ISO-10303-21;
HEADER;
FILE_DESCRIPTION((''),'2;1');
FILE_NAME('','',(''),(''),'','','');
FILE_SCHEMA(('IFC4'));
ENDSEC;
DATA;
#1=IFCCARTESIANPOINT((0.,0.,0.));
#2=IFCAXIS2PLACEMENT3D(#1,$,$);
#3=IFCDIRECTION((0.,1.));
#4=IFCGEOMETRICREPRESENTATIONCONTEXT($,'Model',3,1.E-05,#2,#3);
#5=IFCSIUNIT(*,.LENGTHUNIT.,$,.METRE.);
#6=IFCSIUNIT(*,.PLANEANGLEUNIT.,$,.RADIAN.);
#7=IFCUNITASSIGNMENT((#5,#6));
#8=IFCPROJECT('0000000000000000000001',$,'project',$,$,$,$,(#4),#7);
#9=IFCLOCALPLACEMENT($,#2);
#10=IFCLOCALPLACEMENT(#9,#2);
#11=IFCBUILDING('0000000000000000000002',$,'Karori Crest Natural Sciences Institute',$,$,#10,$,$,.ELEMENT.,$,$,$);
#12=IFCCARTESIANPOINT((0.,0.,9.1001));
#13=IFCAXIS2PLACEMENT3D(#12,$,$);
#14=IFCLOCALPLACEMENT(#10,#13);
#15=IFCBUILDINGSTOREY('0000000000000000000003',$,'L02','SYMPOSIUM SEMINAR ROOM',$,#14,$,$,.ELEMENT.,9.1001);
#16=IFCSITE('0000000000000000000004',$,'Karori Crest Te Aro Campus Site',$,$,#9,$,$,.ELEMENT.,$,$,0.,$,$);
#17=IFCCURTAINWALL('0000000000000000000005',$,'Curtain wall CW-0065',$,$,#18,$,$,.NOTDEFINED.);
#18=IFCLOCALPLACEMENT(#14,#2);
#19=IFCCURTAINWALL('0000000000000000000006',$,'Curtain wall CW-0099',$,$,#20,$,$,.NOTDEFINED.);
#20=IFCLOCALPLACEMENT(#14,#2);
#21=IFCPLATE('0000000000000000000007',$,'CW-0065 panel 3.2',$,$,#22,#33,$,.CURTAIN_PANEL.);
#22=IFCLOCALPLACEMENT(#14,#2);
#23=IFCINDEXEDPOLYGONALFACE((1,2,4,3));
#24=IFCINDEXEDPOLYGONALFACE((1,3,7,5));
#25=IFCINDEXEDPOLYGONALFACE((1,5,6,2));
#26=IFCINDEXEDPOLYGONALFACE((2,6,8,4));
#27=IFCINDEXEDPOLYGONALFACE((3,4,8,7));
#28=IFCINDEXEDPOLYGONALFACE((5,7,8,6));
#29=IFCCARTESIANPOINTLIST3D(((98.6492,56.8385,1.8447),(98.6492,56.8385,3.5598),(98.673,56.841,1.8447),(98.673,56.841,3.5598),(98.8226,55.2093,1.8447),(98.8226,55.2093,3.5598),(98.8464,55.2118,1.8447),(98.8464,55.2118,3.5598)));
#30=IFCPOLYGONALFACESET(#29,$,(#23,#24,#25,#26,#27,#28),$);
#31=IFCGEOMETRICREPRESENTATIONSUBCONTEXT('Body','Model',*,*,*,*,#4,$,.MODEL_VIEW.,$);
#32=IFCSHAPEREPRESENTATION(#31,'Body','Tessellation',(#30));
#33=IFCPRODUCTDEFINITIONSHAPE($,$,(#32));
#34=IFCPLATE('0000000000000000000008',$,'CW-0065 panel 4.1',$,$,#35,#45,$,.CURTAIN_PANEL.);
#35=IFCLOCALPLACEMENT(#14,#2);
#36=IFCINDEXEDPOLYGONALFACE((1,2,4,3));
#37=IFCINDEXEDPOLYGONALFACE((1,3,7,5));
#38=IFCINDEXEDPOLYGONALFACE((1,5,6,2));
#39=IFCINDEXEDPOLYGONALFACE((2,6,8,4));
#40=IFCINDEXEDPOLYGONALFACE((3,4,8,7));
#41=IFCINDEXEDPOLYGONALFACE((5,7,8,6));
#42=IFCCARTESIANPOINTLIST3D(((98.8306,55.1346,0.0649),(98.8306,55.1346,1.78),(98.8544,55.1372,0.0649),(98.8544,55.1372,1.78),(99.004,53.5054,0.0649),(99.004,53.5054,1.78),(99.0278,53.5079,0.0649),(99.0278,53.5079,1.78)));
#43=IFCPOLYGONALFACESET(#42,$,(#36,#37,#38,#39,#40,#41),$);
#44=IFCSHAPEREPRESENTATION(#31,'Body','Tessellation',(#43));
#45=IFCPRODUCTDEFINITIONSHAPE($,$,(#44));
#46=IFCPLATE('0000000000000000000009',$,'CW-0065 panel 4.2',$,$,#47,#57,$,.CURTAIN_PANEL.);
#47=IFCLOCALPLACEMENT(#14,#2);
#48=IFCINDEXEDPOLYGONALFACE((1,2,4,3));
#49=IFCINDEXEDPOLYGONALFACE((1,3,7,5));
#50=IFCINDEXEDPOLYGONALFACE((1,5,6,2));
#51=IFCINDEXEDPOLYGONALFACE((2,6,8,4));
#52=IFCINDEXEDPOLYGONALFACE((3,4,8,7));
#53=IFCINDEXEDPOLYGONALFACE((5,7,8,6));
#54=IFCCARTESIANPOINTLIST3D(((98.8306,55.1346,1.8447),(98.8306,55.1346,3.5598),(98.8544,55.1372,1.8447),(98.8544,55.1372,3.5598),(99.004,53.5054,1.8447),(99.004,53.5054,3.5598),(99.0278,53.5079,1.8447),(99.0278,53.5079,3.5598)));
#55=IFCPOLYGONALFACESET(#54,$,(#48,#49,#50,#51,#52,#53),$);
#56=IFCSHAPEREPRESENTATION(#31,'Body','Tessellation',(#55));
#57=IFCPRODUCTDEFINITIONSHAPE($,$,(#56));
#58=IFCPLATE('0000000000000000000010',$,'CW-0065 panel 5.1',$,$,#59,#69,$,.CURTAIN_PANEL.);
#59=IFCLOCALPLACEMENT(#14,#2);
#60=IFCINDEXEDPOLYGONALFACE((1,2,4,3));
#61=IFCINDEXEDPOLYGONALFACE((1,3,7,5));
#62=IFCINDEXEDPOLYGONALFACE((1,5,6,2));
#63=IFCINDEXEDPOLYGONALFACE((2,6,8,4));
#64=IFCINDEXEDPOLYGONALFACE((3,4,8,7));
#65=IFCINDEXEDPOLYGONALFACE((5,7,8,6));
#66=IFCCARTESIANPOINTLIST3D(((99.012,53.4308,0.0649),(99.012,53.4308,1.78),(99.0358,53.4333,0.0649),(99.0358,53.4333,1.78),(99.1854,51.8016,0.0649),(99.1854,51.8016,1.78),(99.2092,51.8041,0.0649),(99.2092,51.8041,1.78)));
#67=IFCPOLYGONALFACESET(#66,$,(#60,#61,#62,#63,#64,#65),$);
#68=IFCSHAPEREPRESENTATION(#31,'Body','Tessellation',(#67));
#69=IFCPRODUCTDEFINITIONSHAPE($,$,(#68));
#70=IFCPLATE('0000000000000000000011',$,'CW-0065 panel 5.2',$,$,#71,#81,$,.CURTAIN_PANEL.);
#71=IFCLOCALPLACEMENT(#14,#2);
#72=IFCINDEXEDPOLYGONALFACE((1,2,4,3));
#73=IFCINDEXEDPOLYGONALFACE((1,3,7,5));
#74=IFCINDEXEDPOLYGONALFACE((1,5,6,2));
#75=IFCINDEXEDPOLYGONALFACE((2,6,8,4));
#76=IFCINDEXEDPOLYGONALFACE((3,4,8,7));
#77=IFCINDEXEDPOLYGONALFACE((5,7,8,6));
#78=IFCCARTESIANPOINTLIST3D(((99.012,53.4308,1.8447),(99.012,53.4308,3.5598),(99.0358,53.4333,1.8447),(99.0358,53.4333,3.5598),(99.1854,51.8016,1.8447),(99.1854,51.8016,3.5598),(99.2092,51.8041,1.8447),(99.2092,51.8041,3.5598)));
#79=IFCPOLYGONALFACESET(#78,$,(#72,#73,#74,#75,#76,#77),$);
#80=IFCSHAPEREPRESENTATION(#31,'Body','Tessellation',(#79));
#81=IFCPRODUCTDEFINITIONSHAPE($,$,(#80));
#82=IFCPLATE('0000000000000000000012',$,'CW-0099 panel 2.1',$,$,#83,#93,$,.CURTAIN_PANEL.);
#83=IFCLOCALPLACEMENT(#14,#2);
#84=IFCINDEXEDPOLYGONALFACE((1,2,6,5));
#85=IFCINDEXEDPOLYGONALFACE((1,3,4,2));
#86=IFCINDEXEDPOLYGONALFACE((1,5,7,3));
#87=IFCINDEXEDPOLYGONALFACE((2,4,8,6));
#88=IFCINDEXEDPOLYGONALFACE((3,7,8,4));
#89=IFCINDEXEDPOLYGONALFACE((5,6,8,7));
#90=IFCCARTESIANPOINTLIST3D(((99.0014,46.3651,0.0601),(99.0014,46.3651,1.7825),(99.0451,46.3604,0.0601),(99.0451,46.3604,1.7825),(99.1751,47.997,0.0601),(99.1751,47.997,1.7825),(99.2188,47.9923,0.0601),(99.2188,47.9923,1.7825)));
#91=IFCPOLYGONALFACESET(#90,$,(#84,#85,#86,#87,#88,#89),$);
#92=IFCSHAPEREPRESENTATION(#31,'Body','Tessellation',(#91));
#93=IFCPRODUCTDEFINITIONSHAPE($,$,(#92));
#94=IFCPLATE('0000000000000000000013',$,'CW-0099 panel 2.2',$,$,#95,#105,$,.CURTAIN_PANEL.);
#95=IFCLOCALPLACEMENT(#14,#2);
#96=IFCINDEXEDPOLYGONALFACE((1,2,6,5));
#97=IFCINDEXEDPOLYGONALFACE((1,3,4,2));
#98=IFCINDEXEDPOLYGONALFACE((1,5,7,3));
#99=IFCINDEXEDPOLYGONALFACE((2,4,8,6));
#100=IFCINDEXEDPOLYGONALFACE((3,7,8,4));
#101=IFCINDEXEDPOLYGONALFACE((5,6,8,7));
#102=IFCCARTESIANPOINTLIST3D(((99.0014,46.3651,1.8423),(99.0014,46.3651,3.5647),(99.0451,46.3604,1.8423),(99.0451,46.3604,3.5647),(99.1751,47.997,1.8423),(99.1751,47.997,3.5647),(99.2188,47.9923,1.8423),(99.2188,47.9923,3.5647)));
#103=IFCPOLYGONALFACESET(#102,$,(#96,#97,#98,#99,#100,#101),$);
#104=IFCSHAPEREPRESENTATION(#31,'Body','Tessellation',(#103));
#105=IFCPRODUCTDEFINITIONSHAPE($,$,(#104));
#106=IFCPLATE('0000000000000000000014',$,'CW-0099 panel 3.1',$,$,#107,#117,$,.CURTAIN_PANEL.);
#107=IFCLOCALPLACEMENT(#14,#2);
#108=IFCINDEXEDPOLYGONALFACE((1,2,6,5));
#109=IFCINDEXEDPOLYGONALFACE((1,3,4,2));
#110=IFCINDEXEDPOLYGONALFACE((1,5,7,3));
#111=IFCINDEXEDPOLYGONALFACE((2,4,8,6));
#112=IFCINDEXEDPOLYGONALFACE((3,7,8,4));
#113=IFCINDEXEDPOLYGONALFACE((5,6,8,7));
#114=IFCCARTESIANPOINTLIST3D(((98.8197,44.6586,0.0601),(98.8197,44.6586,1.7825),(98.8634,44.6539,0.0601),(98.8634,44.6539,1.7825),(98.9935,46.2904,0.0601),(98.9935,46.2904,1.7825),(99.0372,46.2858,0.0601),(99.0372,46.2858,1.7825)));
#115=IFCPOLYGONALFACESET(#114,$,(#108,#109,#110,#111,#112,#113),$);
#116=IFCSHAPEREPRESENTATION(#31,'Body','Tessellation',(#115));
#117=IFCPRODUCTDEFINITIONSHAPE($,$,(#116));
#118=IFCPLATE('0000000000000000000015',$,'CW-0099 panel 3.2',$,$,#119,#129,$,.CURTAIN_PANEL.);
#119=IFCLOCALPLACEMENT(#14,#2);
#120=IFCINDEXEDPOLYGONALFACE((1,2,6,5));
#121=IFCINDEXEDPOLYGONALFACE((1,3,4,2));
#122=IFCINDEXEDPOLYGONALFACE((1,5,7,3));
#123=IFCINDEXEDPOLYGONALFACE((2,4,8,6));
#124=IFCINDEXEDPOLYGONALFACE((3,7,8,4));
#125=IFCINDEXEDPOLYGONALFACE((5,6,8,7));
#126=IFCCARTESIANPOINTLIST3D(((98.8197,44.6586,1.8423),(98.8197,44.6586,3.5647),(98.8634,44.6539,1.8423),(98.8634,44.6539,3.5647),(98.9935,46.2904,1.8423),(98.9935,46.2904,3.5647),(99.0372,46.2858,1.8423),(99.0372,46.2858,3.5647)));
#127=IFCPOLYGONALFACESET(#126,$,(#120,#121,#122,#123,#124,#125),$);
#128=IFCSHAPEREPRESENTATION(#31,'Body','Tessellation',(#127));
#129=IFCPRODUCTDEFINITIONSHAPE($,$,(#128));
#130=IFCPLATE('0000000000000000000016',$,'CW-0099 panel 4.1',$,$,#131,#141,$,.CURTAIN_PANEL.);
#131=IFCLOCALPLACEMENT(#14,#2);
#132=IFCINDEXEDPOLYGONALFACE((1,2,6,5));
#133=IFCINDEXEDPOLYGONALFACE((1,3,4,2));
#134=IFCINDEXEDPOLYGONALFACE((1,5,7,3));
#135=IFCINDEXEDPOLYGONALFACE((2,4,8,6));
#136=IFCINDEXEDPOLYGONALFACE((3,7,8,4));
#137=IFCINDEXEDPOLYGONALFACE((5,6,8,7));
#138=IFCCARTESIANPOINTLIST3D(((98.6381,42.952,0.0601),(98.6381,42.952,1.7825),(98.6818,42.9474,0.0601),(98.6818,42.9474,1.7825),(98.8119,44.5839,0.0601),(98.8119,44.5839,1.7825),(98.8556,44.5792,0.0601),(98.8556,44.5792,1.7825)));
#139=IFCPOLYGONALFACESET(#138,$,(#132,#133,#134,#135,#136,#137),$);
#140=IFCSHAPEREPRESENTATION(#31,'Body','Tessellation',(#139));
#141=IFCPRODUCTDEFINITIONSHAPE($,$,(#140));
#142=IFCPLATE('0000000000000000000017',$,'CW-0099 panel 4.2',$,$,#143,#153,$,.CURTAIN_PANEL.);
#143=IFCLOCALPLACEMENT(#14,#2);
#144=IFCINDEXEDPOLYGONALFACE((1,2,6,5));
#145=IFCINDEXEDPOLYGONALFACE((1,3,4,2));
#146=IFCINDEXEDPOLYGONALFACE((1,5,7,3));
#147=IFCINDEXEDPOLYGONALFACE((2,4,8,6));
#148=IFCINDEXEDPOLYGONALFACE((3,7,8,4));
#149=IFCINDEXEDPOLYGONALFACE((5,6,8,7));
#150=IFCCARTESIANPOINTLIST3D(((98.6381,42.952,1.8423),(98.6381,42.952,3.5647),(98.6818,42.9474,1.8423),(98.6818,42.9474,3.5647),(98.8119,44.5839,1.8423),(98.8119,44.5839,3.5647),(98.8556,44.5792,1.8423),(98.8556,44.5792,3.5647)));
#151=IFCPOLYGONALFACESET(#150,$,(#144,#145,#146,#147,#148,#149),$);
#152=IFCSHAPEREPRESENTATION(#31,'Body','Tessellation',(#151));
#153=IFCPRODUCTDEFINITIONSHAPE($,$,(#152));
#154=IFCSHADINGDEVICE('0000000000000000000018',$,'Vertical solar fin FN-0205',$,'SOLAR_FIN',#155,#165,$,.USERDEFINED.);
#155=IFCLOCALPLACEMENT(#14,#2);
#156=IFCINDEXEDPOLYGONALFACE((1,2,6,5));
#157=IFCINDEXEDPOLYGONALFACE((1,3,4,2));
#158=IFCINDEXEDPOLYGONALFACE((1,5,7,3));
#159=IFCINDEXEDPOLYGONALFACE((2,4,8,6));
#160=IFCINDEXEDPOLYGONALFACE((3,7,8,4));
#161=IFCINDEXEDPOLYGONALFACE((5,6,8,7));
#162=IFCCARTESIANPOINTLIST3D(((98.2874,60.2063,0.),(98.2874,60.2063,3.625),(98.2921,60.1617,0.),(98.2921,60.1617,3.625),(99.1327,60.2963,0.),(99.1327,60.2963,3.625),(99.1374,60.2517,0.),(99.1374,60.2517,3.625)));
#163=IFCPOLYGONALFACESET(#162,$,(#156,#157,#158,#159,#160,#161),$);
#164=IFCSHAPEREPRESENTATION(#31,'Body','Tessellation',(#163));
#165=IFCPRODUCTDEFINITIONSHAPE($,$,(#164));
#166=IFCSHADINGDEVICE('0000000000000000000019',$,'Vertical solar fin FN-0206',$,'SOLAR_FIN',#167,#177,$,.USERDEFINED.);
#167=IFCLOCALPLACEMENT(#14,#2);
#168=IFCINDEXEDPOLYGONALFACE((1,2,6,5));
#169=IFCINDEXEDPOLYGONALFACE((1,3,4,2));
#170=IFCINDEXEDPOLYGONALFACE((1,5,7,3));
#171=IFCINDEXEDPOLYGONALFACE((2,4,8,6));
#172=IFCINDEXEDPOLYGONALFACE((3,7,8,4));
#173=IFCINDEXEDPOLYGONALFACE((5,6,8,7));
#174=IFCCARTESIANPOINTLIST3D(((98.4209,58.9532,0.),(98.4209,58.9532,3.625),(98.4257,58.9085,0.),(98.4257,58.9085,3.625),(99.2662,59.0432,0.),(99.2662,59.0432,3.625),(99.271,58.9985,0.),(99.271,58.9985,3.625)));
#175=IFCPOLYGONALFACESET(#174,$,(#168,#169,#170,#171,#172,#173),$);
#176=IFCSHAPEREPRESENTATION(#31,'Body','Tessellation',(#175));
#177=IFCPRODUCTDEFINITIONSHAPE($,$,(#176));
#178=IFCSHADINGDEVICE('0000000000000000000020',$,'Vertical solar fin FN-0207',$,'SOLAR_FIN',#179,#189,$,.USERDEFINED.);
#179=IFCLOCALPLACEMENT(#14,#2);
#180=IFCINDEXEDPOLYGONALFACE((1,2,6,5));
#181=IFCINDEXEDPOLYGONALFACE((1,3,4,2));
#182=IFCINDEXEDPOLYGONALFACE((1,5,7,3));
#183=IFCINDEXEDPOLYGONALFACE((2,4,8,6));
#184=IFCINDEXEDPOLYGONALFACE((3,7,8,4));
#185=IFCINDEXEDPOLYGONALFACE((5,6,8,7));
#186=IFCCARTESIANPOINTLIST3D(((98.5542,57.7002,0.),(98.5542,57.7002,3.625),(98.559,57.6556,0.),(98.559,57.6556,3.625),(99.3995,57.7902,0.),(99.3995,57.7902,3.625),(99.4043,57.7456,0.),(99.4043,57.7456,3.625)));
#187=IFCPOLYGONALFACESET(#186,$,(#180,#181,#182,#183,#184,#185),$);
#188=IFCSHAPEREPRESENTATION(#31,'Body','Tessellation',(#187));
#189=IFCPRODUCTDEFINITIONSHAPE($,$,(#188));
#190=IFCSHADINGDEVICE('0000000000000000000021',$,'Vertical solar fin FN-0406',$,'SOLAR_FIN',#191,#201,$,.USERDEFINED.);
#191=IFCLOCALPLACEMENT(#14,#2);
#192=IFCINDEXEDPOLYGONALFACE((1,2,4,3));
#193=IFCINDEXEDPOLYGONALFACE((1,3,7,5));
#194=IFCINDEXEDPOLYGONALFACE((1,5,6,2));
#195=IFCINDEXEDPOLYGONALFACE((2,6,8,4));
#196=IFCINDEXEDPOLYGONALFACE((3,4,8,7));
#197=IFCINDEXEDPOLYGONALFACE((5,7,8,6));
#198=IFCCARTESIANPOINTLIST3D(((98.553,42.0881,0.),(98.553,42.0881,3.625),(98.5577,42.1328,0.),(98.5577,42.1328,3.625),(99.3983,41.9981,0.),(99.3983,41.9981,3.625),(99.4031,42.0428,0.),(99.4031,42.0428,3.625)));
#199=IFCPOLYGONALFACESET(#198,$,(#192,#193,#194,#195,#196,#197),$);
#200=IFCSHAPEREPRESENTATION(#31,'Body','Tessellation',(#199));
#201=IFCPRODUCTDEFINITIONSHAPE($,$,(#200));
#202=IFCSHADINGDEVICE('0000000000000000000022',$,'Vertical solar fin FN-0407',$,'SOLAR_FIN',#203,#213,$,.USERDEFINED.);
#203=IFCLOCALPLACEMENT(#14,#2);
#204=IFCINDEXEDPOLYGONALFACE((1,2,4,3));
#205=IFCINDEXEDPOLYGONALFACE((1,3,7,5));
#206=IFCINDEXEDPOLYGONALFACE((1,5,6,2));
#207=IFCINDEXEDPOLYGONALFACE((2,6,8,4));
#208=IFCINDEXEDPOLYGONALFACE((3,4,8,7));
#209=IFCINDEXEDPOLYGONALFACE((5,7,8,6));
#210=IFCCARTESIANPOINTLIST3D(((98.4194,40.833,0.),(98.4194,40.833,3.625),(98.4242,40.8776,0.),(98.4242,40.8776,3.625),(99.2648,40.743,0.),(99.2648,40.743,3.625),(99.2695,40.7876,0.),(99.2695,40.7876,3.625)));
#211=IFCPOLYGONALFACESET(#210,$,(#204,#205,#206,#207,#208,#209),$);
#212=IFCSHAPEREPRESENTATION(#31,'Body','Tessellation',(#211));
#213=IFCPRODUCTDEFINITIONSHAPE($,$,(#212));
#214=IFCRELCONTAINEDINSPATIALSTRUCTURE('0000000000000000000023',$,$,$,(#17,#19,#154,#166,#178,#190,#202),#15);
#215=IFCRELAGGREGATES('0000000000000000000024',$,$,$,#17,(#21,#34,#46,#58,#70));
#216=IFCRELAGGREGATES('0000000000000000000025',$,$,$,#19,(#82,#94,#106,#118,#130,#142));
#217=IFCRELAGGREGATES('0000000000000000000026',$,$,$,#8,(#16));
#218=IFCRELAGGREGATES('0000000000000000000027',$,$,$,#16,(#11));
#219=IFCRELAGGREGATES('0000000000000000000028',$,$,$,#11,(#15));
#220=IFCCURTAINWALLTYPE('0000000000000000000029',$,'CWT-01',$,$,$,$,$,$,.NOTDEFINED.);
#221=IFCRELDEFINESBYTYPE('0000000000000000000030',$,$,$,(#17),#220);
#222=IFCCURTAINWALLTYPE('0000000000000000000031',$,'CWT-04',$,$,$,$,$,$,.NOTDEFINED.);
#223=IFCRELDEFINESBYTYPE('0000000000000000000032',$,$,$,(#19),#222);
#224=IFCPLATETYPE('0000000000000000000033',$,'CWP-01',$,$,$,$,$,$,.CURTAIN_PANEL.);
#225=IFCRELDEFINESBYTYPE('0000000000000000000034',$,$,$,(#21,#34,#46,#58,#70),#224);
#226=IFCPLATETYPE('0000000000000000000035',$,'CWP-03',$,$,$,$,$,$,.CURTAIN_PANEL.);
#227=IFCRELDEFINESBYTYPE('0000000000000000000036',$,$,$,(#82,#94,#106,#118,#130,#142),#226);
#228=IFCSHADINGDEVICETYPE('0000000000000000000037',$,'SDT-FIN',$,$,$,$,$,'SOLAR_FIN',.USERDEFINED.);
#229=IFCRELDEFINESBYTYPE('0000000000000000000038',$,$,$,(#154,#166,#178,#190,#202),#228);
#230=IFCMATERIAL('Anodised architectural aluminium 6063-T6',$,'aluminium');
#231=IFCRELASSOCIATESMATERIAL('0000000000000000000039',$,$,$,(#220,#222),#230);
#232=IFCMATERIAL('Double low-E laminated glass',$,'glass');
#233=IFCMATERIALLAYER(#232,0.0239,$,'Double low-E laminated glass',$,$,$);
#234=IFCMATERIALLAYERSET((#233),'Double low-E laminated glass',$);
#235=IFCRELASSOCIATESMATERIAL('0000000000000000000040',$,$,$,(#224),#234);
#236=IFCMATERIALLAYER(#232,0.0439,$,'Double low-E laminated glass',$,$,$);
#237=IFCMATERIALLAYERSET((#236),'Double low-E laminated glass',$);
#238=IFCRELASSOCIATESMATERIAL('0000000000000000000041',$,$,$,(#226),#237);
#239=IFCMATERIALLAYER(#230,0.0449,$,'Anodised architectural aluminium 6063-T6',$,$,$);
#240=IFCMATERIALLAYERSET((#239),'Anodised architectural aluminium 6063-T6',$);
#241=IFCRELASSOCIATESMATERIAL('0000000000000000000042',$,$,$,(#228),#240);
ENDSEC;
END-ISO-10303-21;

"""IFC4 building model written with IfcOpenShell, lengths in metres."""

from ifc_helpers import new_model, si_unit, direction, frame, origin, origin_2d, place, context, subcontext, project, spatial, rectangle, extrude, material, layer, layer_set, type_object, element, aggregate, save


model = new_model("IFC4")

# Units and contexts
model_context = context("Model", 3, precision=1e-05, world=origin(), true_north=direction((0.0, 1.0)))
body_context = subcontext(model_context, "Body", "Model", "MODEL_VIEW")
ifc_project = project(units=[si_unit("LENGTHUNIT", "METRE"), si_unit("PLANEANGLEUNIT", "RADIAN")], contexts=[model_context])

# Site, building, storey
site_placement = place(None, origin())
site = spatial("IfcSite", under=ifc_project, at=site_placement, Name="Karori Crest Te Aro Campus Site", CompositionType="ELEMENT", RefElevation=0.0)
building_placement = place(site_placement, origin())
building = spatial("IfcBuilding", under=site, at=building_placement, Name="Karori Crest Natural Sciences Institute", CompositionType="ELEMENT")
storey_placement = place(building_placement, frame((0.0, 0.0, 9.1001)))
storey = spatial("IfcBuildingStorey", under=building, at=storey_placement, Name="L02", Description="SYMPOSIUM SEMINAR ROOM", CompositionType="ELEMENT", Elevation=9.1001)

# Curtain walls
ifc_material_1 = material(Name="Anodised architectural aluminium 6063-T6", Category="aluminium")
curtain_wall_type_1 = type_object("IfcCurtainWallType", Name="CWT-01", PredefinedType="NOTDEFINED", material=ifc_material_1)
curtain_wall_1_placement = place(storey_placement, origin())
curtain_wall_1 = element("IfcCurtainWall", 1, at=curtain_wall_1_placement, inside=storey, type_object=curtain_wall_type_1, Name="Curtain wall CW-0065", PredefinedType="NOTDEFINED")
curtain_wall_type_2 = type_object("IfcCurtainWallType", Name="CWT-04", PredefinedType="NOTDEFINED", material=ifc_material_1)
curtain_wall_2_placement = place(storey_placement, origin())
curtain_wall_2 = element("IfcCurtainWall", 2, at=curtain_wall_2_placement, inside=storey, type_object=curtain_wall_type_2, Name="Curtain wall CW-0099", PredefinedType="NOTDEFINED")

# Plates
ifc_material_2 = material(Name="Double low-E laminated glass", Category="glass")
ifc_layer_1 = layer(ifc_material_2, 0.0239, Name="Double low-E laminated glass")
ifc_layer_set_1 = layer_set([ifc_layer_1], Name="Double low-E laminated glass")
plate_type_1 = type_object("IfcPlateType", Name="CWP-01", PredefinedType="CURTAIN_PANEL", material=ifc_layer_set_1)
plate_1_placement = place(storey_placement, frame((98.7478, 56.0251, 1.8447), z_axis=(0.0, 0.0, 1.0), x_axis=(0.105882, -0.994379, 0.0)))
plate_1 = element("IfcPlate", 3, at=plate_1_placement, type_object=plate_type_1, Name="CW-0065 panel 3.2", PredefinedType="CURTAIN_PANEL", context=body_context, shape_type="SweptSolid", body=[
    extrude(rectangle(XDim=1.6384, YDim=0.0239, at=origin_2d()), origin(), (0.0, 0.0, 1.0), 1.7151),
])
plate_2_placement = place(storey_placement, frame((98.9292, 54.3213, 0.0649), z_axis=(0.0, 0.0, 1.0), x_axis=(0.105882, -0.994379, 0.0)))
plate_2 = element("IfcPlate", 4, at=plate_2_placement, type_object=plate_type_1, Name="CW-0065 panel 4.1", PredefinedType="CURTAIN_PANEL", context=body_context, shape_type="SweptSolid", body=[
    extrude(rectangle(XDim=1.6384, YDim=0.0239, at=origin_2d()), origin(), (0.0, 0.0, 1.0), 1.7151),
])
plate_3_placement = place(storey_placement, frame((98.9292, 54.3213, 1.8447), z_axis=(0.0, 0.0, 1.0), x_axis=(0.105882, -0.994379, 0.0)))
plate_3 = element("IfcPlate", 5, at=plate_3_placement, type_object=plate_type_1, Name="CW-0065 panel 4.2", PredefinedType="CURTAIN_PANEL", context=body_context, shape_type="SweptSolid", body=[
    extrude(rectangle(XDim=1.6384, YDim=0.0239, at=origin_2d()), origin(), (0.0, 0.0, 1.0), 1.7151),
])
plate_4_placement = place(storey_placement, frame((99.1106, 52.6174, 0.0649), z_axis=(0.0, 0.0, 1.0), x_axis=(0.105882, -0.994379, 0.0)))
plate_4 = element("IfcPlate", 6, at=plate_4_placement, type_object=plate_type_1, Name="CW-0065 panel 5.1", PredefinedType="CURTAIN_PANEL", context=body_context, shape_type="SweptSolid", body=[
    extrude(rectangle(XDim=1.6384, YDim=0.0239, at=origin_2d()), origin(), (0.0, 0.0, 1.0), 1.7151),
])
plate_5_placement = place(storey_placement, frame((99.1106, 52.6174, 1.8447), z_axis=(0.0, 0.0, 1.0), x_axis=(0.105882, -0.994379, 0.0)))
plate_5 = element("IfcPlate", 7, at=plate_5_placement, type_object=plate_type_1, Name="CW-0065 panel 5.2", PredefinedType="CURTAIN_PANEL", context=body_context, shape_type="SweptSolid", body=[
    extrude(rectangle(XDim=1.6384, YDim=0.0239, at=origin_2d()), origin(), (0.0, 0.0, 1.0), 1.7151),
])
aggregate(curtain_wall_1, [plate_1, plate_2, plate_3, plate_4, plate_5])
ifc_layer_2 = layer(ifc_material_2, 0.0439, Name="Double low-E laminated glass")
ifc_layer_set_2 = layer_set([ifc_layer_2], Name="Double low-E laminated glass")
plate_type_2 = type_object("IfcPlateType", Name="CWP-03", PredefinedType="CURTAIN_PANEL", material=ifc_layer_set_2)
plate_6_placement = place(storey_placement, frame((99.1101, 47.1787, 0.0601), z_axis=(0.0, 0.0, 1.0), x_axis=(-0.105884, -0.994378, 0.0)))
plate_6 = element("IfcPlate", 8, at=plate_6_placement, type_object=plate_type_2, Name="CW-0099 panel 2.1", PredefinedType="CURTAIN_PANEL", context=body_context, shape_type="SweptSolid", body=[
    extrude(rectangle(XDim=1.6411, YDim=0.0439, at=origin_2d()), origin(), (0.0, 0.0, 1.0), 1.7224),
])
plate_7_placement = place(storey_placement, frame((99.1101, 47.1787, 1.8423), z_axis=(0.0, 0.0, 1.0), x_axis=(-0.105884, -0.994378, 0.0)))
plate_7 = element("IfcPlate", 9, at=plate_7_placement, type_object=plate_type_2, Name="CW-0099 panel 2.2", PredefinedType="CURTAIN_PANEL", context=body_context, shape_type="SweptSolid", body=[
    extrude(rectangle(XDim=1.6411, YDim=0.0439, at=origin_2d()), origin(), (0.0, 0.0, 1.0), 1.7224),
])
plate_8_placement = place(storey_placement, frame((98.9285, 45.4722, 0.0601), z_axis=(0.0, 0.0, 1.0), x_axis=(-0.105884, -0.994378, 0.0)))
plate_8 = element("IfcPlate", 10, at=plate_8_placement, type_object=plate_type_2, Name="CW-0099 panel 3.1", PredefinedType="CURTAIN_PANEL", context=body_context, shape_type="SweptSolid", body=[
    extrude(rectangle(XDim=1.6411, YDim=0.0439, at=origin_2d()), origin(), (0.0, 0.0, 1.0), 1.7224),
])
plate_9_placement = place(storey_placement, frame((98.9285, 45.4722, 1.8423), z_axis=(0.0, 0.0, 1.0), x_axis=(-0.105884, -0.994378, 0.0)))
plate_9 = element("IfcPlate", 11, at=plate_9_placement, type_object=plate_type_2, Name="CW-0099 panel 3.2", PredefinedType="CURTAIN_PANEL", context=body_context, shape_type="SweptSolid", body=[
    extrude(rectangle(XDim=1.6411, YDim=0.0439, at=origin_2d()), origin(), (0.0, 0.0, 1.0), 1.7224),
])
plate_10_placement = place(storey_placement, frame((98.7468, 43.7656, 0.0601), z_axis=(0.0, 0.0, 1.0), x_axis=(-0.105884, -0.994378, 0.0)))
plate_10 = element("IfcPlate", 12, at=plate_10_placement, type_object=plate_type_2, Name="CW-0099 panel 4.1", PredefinedType="CURTAIN_PANEL", context=body_context, shape_type="SweptSolid", body=[
    extrude(rectangle(XDim=1.6411, YDim=0.0439, at=origin_2d()), origin(), (0.0, 0.0, 1.0), 1.7224),
])
plate_11_placement = place(storey_placement, frame((98.7468, 43.7656, 1.8423), z_axis=(0.0, 0.0, 1.0), x_axis=(-0.105884, -0.994378, 0.0)))
plate_11 = element("IfcPlate", 13, at=plate_11_placement, type_object=plate_type_2, Name="CW-0099 panel 4.2", PredefinedType="CURTAIN_PANEL", context=body_context, shape_type="SweptSolid", body=[
    extrude(rectangle(XDim=1.6411, YDim=0.0439, at=origin_2d()), origin(), (0.0, 0.0, 1.0), 1.7224),
])
aggregate(curtain_wall_2, [plate_6, plate_7, plate_8, plate_9, plate_10, plate_11])

# Shading devices
ifc_layer_3 = layer(ifc_material_1, 0.0449, Name="Anodised architectural aluminium 6063-T6")
ifc_layer_set_3 = layer_set([ifc_layer_3], Name="Anodised architectural aluminium 6063-T6")
shading_device_type = type_object("IfcShadingDeviceType", Name="SDT-FIN", ElementType="SOLAR_FIN", PredefinedType="USERDEFINED", material=ifc_layer_set_3)
for number, where, z_axis, x_axis, name in (
    (14, (98.7124, 60.229, 0.0), (0.0, 0.0, 1.0), (0.994379, 0.105882, 0.0), "Vertical solar fin FN-0205"),
    (15, (98.8459, 58.9758, 0.0), (0.0, 0.0, 1.0), (0.994379, 0.105882, 0.0), "Vertical solar fin FN-0206"),
    (16, (98.9792, 57.7229, 0.0), (0.0, 0.0, 1.0), (0.994379, 0.105882, 0.0), "Vertical solar fin FN-0207"),
    (17, (98.978, 42.0654, 0.0), (0.0, 0.0, 1.0), (0.994378, -0.105884, 0.0), "Vertical solar fin FN-0406"),
    (18, (98.8445, 40.8103, 0.0), (0.0, 0.0, 1.0), (0.994378, -0.105884, 0.0), "Vertical solar fin FN-0407"),
):
    element("IfcShadingDevice", number, at=place(storey_placement, frame(where, z_axis=z_axis, x_axis=x_axis)), inside=storey, type_object=shading_device_type, Name=name, ObjectType="SOLAR_FIN", PredefinedType="USERDEFINED", context=body_context, shape_type="SweptSolid", body=[
        extrude(rectangle(XDim=0.8501, YDim=0.0449, at=origin_2d()), origin(), (0.0, 0.0, 1.0), 3.625),
    ])

save(model, "model.ifc")
